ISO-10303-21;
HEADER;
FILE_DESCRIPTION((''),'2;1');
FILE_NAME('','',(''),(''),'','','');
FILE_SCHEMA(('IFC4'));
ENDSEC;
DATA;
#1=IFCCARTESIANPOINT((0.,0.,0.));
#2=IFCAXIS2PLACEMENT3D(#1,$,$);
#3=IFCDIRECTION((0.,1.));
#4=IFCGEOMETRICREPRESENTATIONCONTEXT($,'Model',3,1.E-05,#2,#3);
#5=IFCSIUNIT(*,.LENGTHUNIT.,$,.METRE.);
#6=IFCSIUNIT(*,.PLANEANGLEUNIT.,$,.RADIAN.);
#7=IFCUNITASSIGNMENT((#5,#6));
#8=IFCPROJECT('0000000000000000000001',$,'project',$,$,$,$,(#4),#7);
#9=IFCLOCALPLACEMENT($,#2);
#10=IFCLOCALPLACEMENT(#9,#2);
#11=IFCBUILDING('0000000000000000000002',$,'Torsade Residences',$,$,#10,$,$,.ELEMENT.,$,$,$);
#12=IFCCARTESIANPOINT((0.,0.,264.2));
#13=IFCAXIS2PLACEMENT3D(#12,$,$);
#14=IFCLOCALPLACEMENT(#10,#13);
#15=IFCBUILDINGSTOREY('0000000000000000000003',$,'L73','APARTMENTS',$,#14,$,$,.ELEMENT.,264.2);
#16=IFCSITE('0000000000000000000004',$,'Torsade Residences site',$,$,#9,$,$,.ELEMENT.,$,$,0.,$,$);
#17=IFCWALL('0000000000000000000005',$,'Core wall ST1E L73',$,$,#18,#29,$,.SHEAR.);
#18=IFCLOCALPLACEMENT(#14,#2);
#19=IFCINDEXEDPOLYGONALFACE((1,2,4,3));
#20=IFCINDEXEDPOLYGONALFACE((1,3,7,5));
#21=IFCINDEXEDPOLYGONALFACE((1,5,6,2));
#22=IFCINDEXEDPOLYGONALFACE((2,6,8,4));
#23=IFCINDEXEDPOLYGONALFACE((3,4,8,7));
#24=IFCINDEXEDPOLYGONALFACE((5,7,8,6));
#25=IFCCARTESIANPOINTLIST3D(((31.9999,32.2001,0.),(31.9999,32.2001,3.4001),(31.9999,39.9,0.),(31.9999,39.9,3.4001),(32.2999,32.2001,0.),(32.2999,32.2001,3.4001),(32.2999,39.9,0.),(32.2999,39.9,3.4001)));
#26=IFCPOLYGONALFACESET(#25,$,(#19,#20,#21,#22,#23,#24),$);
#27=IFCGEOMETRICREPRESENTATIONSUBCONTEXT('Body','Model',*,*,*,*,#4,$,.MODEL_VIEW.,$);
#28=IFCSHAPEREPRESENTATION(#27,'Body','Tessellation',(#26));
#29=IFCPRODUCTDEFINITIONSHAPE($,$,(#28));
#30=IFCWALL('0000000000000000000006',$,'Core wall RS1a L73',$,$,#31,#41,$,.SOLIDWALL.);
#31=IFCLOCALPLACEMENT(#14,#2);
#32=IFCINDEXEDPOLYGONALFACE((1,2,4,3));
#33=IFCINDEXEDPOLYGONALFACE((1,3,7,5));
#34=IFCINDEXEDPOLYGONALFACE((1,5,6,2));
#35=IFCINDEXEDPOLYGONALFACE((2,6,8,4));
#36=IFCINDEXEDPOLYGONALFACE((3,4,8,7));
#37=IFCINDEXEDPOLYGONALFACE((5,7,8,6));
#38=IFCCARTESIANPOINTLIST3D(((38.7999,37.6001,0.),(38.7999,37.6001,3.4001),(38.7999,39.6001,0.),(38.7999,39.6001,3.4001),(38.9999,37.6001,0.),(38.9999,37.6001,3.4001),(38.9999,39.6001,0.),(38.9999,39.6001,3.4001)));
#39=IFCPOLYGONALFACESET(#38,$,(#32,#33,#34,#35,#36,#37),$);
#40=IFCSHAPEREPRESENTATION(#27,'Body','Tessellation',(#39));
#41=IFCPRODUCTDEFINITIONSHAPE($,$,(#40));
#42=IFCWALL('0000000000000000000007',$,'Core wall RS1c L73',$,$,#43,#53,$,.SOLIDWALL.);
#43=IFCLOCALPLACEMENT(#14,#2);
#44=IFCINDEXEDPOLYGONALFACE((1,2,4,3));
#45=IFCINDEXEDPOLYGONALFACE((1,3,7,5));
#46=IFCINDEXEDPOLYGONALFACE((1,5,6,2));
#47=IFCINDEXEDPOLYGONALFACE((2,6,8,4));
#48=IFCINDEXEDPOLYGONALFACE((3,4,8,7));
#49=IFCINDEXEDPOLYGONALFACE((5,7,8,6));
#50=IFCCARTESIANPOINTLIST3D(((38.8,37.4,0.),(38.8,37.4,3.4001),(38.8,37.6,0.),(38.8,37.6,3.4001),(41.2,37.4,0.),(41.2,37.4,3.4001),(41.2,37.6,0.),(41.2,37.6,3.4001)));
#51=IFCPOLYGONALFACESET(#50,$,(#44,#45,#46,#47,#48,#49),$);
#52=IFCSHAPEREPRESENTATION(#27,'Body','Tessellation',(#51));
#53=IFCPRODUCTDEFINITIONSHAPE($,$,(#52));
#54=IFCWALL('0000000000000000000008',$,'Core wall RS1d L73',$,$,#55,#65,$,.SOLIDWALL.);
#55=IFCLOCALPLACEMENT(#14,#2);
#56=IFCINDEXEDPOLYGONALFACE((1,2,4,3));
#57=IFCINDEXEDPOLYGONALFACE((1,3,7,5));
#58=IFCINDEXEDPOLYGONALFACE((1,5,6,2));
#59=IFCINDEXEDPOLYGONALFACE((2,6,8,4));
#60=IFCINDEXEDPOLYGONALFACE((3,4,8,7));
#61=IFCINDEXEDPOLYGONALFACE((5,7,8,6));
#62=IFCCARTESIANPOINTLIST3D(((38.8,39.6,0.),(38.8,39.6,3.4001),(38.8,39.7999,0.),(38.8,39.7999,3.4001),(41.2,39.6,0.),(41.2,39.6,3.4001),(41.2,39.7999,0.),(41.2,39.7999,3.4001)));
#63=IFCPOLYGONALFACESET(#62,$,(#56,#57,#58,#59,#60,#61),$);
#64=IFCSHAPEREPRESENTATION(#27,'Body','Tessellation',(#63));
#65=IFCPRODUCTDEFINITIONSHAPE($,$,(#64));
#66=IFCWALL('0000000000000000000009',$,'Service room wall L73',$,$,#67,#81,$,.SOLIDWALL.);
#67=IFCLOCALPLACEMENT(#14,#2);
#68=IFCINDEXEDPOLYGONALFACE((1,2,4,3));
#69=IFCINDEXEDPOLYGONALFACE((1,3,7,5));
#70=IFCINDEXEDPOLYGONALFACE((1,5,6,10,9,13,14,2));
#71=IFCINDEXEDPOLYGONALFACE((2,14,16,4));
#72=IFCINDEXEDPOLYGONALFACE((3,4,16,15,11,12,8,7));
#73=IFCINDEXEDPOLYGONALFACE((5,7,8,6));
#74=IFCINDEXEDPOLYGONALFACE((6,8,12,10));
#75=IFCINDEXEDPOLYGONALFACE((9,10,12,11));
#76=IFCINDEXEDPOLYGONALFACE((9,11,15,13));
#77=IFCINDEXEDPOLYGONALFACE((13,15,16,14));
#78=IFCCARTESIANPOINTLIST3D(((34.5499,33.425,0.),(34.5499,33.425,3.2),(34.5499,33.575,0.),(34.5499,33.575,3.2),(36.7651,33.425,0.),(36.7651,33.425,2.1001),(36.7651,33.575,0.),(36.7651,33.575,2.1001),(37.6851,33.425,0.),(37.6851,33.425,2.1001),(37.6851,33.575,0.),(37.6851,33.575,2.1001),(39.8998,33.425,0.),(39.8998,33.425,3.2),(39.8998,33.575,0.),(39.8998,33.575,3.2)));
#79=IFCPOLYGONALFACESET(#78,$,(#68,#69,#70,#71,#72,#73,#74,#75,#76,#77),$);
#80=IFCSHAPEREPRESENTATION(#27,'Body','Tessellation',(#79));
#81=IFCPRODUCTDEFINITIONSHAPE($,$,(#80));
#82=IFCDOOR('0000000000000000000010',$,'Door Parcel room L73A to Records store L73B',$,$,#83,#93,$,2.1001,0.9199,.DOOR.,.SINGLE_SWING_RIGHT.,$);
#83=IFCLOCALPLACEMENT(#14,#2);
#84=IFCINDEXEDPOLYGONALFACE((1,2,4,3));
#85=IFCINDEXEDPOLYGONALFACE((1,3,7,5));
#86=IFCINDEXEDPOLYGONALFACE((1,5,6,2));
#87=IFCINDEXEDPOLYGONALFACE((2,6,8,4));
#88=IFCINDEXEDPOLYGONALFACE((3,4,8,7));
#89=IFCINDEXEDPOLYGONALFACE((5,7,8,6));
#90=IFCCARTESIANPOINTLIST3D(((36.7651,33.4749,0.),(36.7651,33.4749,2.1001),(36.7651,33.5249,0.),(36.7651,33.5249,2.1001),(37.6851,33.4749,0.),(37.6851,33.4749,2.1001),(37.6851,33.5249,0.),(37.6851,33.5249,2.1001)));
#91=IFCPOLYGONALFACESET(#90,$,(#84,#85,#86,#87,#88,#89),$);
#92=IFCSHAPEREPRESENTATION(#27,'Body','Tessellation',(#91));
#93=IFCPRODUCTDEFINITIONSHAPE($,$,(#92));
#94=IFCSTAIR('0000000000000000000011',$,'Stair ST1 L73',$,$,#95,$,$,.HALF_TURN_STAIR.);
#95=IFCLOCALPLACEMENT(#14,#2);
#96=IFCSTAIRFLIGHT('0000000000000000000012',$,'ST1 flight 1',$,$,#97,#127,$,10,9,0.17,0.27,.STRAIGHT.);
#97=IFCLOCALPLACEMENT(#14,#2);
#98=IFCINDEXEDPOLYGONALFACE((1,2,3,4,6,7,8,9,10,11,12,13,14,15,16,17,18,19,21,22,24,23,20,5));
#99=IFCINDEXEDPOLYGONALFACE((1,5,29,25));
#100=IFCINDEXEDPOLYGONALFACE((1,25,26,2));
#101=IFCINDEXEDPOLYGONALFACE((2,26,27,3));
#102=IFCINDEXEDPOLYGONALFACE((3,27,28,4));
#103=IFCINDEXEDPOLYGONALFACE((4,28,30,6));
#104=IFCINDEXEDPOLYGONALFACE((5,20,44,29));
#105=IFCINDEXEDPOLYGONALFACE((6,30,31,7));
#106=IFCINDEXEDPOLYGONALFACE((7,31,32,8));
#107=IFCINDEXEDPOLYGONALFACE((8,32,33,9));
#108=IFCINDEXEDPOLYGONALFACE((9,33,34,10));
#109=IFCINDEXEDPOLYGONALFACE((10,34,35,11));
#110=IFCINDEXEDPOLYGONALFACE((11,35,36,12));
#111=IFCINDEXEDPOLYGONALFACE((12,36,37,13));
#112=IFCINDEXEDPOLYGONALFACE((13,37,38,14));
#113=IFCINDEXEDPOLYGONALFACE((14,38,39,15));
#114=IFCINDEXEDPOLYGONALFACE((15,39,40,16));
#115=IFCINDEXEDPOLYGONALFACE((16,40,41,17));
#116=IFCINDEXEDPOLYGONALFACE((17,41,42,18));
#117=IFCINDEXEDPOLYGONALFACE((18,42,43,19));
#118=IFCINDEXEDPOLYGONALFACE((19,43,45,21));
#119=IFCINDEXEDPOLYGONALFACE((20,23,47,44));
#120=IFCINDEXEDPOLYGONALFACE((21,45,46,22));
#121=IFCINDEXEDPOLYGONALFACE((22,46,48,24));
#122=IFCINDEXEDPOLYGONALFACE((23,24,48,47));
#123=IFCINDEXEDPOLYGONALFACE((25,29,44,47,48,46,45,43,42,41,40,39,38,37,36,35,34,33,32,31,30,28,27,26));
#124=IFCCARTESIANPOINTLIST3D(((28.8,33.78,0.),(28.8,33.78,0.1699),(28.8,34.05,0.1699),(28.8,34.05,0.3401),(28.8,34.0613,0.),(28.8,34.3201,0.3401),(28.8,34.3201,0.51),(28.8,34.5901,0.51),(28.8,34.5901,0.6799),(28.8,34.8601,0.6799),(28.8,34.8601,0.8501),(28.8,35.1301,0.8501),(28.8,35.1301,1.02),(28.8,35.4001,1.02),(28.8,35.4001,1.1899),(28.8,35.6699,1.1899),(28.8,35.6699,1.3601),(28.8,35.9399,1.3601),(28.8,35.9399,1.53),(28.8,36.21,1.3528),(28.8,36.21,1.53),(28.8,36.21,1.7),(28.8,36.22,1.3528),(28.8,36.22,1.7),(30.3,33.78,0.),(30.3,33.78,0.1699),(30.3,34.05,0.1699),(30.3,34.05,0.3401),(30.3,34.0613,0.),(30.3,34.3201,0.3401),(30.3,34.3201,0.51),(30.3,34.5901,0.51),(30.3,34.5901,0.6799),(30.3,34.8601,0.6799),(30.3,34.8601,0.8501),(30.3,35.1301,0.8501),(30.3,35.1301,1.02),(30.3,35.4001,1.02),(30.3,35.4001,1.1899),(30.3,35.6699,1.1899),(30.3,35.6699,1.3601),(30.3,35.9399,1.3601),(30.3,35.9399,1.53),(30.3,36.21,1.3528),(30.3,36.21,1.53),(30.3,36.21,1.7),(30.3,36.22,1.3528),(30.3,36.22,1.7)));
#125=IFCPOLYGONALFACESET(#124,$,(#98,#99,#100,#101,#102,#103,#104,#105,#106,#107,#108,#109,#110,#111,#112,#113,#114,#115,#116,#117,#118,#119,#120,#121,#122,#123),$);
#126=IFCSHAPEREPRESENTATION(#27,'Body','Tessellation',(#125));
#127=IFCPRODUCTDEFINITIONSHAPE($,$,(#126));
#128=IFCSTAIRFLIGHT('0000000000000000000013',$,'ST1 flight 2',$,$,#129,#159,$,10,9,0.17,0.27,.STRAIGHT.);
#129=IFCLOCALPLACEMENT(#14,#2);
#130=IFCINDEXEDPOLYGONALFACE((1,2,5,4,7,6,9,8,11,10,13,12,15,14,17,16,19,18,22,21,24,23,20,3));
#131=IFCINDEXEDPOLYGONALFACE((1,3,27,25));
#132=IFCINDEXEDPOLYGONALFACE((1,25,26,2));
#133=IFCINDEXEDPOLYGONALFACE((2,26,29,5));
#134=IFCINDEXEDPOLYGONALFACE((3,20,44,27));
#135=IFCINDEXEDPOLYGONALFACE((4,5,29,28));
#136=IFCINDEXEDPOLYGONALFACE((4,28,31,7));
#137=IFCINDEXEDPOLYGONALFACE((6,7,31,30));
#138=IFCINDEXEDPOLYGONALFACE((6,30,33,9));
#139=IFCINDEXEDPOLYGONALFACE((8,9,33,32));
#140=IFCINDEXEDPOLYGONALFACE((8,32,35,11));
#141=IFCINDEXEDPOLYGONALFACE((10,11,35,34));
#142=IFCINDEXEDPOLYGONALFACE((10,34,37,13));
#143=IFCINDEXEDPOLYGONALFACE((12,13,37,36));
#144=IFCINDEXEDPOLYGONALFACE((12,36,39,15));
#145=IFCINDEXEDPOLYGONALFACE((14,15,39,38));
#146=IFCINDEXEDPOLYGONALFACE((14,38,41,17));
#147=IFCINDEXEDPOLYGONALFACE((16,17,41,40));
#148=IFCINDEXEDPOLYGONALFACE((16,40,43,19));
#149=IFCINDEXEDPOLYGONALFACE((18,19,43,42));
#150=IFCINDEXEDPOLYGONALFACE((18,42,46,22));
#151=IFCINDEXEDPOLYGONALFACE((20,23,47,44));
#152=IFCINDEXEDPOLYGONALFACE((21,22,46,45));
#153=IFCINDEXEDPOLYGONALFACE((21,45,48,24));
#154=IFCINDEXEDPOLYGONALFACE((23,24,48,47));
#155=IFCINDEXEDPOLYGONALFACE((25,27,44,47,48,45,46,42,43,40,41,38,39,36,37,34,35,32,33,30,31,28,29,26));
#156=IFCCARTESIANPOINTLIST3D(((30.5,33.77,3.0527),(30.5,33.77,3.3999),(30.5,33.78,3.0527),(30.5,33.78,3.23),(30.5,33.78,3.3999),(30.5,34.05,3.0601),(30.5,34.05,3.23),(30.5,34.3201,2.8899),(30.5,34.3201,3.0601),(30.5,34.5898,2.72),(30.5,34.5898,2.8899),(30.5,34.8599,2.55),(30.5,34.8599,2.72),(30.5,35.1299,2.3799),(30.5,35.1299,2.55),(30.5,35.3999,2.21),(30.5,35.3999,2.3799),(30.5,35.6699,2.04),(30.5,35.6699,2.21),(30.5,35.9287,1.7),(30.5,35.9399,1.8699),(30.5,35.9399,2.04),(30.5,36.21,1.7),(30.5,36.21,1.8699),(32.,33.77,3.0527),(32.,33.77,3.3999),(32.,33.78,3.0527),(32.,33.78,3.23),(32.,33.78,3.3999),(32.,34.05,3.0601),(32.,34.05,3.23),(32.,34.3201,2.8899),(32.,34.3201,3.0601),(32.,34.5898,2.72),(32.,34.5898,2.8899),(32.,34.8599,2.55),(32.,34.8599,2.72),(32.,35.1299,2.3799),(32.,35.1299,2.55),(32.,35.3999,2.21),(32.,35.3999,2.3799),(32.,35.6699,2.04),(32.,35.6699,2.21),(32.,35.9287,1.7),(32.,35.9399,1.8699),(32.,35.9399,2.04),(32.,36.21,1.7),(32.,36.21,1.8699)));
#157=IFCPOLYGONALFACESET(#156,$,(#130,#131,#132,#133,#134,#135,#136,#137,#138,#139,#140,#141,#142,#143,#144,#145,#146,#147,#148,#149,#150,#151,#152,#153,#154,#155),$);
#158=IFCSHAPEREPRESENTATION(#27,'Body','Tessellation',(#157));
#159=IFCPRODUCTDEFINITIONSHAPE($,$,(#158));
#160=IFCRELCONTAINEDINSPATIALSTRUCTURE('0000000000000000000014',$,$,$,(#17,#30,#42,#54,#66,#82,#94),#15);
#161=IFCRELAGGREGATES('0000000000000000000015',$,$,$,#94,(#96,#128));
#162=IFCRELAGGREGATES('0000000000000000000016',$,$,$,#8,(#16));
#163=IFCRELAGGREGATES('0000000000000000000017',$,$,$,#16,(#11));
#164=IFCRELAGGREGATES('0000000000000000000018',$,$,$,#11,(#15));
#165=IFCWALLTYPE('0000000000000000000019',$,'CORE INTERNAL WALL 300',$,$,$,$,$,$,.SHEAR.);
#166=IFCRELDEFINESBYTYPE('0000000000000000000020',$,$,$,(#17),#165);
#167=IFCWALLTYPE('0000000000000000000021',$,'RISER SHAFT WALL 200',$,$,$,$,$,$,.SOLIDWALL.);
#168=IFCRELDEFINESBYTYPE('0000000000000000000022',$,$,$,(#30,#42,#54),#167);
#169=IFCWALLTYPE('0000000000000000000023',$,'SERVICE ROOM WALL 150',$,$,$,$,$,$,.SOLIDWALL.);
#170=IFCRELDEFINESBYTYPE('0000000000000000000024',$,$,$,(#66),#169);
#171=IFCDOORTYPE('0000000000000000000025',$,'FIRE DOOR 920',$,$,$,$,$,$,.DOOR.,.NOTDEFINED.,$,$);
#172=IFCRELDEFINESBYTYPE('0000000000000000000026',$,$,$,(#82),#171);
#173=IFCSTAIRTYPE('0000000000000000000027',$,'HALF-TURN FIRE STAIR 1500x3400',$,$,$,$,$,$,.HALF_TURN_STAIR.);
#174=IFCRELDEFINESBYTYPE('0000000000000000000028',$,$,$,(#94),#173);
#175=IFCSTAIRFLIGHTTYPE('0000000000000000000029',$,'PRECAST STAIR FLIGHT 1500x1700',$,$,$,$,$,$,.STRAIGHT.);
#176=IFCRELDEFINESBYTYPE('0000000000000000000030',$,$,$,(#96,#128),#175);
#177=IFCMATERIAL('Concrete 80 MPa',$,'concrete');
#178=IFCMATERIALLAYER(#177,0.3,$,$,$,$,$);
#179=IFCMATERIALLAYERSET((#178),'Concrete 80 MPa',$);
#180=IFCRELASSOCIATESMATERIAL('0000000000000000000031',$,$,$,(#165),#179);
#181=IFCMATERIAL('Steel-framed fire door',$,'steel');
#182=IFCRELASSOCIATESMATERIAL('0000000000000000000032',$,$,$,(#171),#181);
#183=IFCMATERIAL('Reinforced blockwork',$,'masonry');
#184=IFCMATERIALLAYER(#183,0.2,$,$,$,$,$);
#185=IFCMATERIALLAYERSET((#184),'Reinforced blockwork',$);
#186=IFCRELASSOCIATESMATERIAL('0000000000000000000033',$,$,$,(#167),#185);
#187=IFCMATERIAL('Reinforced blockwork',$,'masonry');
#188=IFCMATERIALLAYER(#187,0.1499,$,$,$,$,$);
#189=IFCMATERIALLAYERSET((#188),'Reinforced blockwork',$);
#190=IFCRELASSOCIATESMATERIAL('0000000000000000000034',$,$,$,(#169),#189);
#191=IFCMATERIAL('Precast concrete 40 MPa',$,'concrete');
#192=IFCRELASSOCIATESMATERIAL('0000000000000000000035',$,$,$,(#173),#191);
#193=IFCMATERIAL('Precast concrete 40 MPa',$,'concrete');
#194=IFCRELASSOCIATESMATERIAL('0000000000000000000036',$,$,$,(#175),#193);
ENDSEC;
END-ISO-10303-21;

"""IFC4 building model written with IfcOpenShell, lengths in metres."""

from ifc_helpers import new_model, si_unit, direction, frame, frame_2d, origin, place, context, subcontext, project, spatial, polyline, rectangle, outline, extrude, material, layer, layer_set, type_object, element, fill, aggregate, save


model = new_model("IFC4")

# Units and contexts
model_context = context("Model", 3, precision=1e-05, world=origin(), true_north=direction((0.0, 1.0)))
body_context = subcontext(model_context, "Body", "Model", "MODEL_VIEW")
ifc_project = project(units=[si_unit("LENGTHUNIT", "METRE"), si_unit("PLANEANGLEUNIT", "RADIAN")], contexts=[model_context])

# Site, building, storey
site_placement = place(None, origin())
site = spatial("IfcSite", under=ifc_project, at=site_placement, Name="Torsade Residences site", CompositionType="ELEMENT", RefElevation=0.0)
building_placement = place(site_placement, origin())
building = spatial("IfcBuilding", under=site, at=building_placement, Name="Torsade Residences", CompositionType="ELEMENT")
storey_placement = place(building_placement, frame((0.0, 0.0, 264.2)))
storey = spatial("IfcBuildingStorey", under=building, at=storey_placement, Name="L73", Description="APARTMENTS", CompositionType="ELEMENT", Elevation=264.2)

# Shared definitions
ifc_material_1 = material(Name="Concrete 80 MPa", Category="concrete")
ifc_layer_1 = layer(ifc_material_1, 0.3)
ifc_layer_set_1 = layer_set([ifc_layer_1], Name="Concrete 80 MPa")
wall_type_1 = type_object("IfcWallType", Name="CORE INTERNAL WALL 300", PredefinedType="SHEAR", material=ifc_layer_set_1)
ifc_material_2 = material(Name="Steel-framed fire door", Category="steel")
door_type_1 = type_object("IfcDoorType", Name="FIRE DOOR 920", OperationType="NOTDEFINED", PredefinedType="DOOR", material=ifc_material_2)

# Walls
wall_1_placement = place(storey_placement, frame((32.1499, 32.2, 0.0), z_axis=(0.0, 0.0, 1.0), x_axis=(0.0, 1.0, 0.0)))
element("IfcWall", 1, at=wall_1_placement, inside=storey, type_object=wall_type_1, Name="Core wall ST1E L73", PredefinedType="SHEAR", context=body_context, shape_type="SweptSolid", body=[
    extrude(rectangle(XDim=7.7, YDim=0.3, at=frame_2d((3.8501, 0.0))), origin(), (0.0, 0.0, 1.0), 3.4001),
])
ifc_material_3 = material(Name="Reinforced blockwork", Category="masonry")
ifc_layer_2 = layer(ifc_material_3, 0.2)
ifc_layer_set_2 = layer_set([ifc_layer_2], Name="Reinforced blockwork")
wall_type_2 = type_object("IfcWallType", Name="RISER SHAFT WALL 200", PredefinedType="SOLIDWALL", material=ifc_layer_set_2)
wall_2_placement = place(storey_placement, frame((38.8999, 37.6001, 0.0), z_axis=(0.0, 0.0, 1.0), x_axis=(0.0, 1.0, 0.0)))
element("IfcWall", 2, at=wall_2_placement, inside=storey, type_object=wall_type_2, Name="Core wall RS1a L73", PredefinedType="SOLIDWALL", context=body_context, shape_type="SweptSolid", body=[
    extrude(rectangle(XDim=2.0, YDim=0.2, at=frame_2d((1.0, 0.0))), origin(), (0.0, 0.0, 1.0), 3.4001),
])
for number, where, z_axis, x_axis, name in (
    (3, (38.8, 37.5, 0.0), (0.0, 0.0, 1.0), (1.0, 0.0, 0.0), "Core wall RS1c L73"),
    (4, (38.8, 39.7, 0.0), (0.0, 0.0, 1.0), (1.0, 0.0, 0.0), "Core wall RS1d L73"),
):
    element("IfcWall", number, at=place(storey_placement, frame(where, z_axis=z_axis, x_axis=x_axis)), inside=storey, type_object=wall_type_2, Name=name, PredefinedType="SOLIDWALL", context=body_context, shape_type="SweptSolid", body=[
        extrude(rectangle(XDim=2.3999, YDim=0.2, at=frame_2d((1.2, 0.0))), origin(), (0.0, 0.0, 1.0), 3.4001),
    ])

# Wall, opening, door
ifc_material_4 = material(Name="Reinforced blockwork", Category="masonry")
ifc_layer_3 = layer(ifc_material_4, 0.1499)
ifc_layer_set_3 = layer_set([ifc_layer_3], Name="Reinforced blockwork")
wall_type_3 = type_object("IfcWallType", Name="SERVICE ROOM WALL 150", PredefinedType="SOLIDWALL", material=ifc_layer_set_3)
wall_3_placement = place(storey_placement, frame((34.55, 33.5, 0.0), z_axis=(0.0, 0.0, 1.0), x_axis=(1.0, 0.0, 0.0)))
wall_3 = element("IfcWall", 5, at=wall_3_placement, inside=storey, type_object=wall_type_3, Name="Service room wall L73", PredefinedType="SOLIDWALL", context=body_context, shape_type="SweptSolid", body=[
    extrude(rectangle(XDim=5.3499, YDim=0.1499, at=frame_2d((2.6748, 0.0))), origin(), (0.0, 0.0, 1.0), 3.2),
])
opening_1_placement = place(wall_3_placement, frame((2.2151, 0.0, 0.0)))
opening_1 = element("IfcOpeningElement", 6, at=opening_1_placement, cuts=wall_3, PredefinedType="OPENING", context=body_context, shape_type="SweptSolid", body=[
    extrude(rectangle(XDim=0.9199, YDim=2.1001, at=frame_2d((0.46, 1.05))), frame((0.0, 0.085, 0.0), z_axis=(0.0, -1.0, 0.0), x_axis=(1.0, 0.0, 0.0)), (0.0, 0.0, 1.0), 0.1699),
])
door_1_placement = place(opening_1_placement, origin())
door_1 = element("IfcDoor", 7, at=door_1_placement, inside=storey, type_object=door_type_1, Name="Door Parcel room L73A to Records store L73B", OperationType="SINGLE_SWING_RIGHT", OverallHeight=2.1001, OverallWidth=0.9199, PredefinedType="DOOR", context=body_context, shape_type="SweptSolid", body=[
    extrude(rectangle(XDim=0.9199, YDim=2.1001, at=frame_2d((0.46, 1.05))), frame((0.0, 0.0249, 0.0), z_axis=(0.0, -1.0, 0.0), x_axis=(1.0, 0.0, 0.0)), (0.0, 0.0, 1.0), 0.05),
])
fill(opening_1, door_1)

# Stair, stair flights
ifc_material_5 = material(Name="Precast concrete 40 MPa", Category="concrete")
stair_type = type_object("IfcStairType", Name="HALF-TURN FIRE STAIR 1500x3400", PredefinedType="HALF_TURN_STAIR", material=ifc_material_5)
stair_placement = place(storey_placement, origin())
stair = element("IfcStair", 8, at=stair_placement, inside=storey, type_object=stair_type, Name="Stair ST1 L73", PredefinedType="HALF_TURN_STAIR")
ifc_material_6 = material(Name="Precast concrete 40 MPa", Category="concrete")
stair_flight_type = type_object("IfcStairFlightType", Name="PRECAST STAIR FLIGHT 1500x1700", PredefinedType="STRAIGHT", material=ifc_material_6)
stair_flight_1_placement = place(storey_placement, frame((29.55, 33.78, 0.0), z_axis=(0.0, 0.0, 1.0), x_axis=(0.0, 1.0, 0.0)))
stair_flight_1 = element("IfcStairFlight", 9, at=stair_flight_1_placement, type_object=stair_flight_type, Name="ST1 flight 1", NumberOfRisers=10, NumberOfTreads=9, PredefinedType="STRAIGHT", RiserHeight=0.17, TreadLength=0.27, context=body_context, shape_type="SweptSolid", body=[
    extrude(outline(polyline([(0.0, 0.0), (0.0, 0.1699), (0.27, 0.1699), (0.27, 0.3401), (0.54, 0.3401), (0.54, 0.51), (0.8101, 0.51), (0.8101, 0.6799), (1.0801, 0.6799), (1.0801, 0.8501), (1.3501, 0.8501), (1.3501, 1.02), (1.6201, 1.02), (1.6201, 1.1899), (1.8899, 1.1899), (1.8899, 1.3601), (2.1599, 1.3601), (2.1599, 1.53), (2.4299, 1.53), (2.4299, 1.7), (2.4399, 1.7), (2.4399, 1.3528), (2.4299, 1.3528), (0.2812, 0.0), (0.0, 0.0)])), frame((0.0, 0.75, 0.0), z_axis=(0.0, -1.0, 0.0), x_axis=(1.0, 0.0, 0.0)), (0.0, 0.0, 1.0), 1.5),
])
stair_flight_2_placement = place(storey_placement, frame((31.25, 36.21, 1.7), z_axis=(0.0, 0.0, 1.0), x_axis=(0.0, -1.0, 0.0)))
stair_flight_2 = element("IfcStairFlight", 10, at=stair_flight_2_placement, type_object=stair_flight_type, Name="ST1 flight 2", NumberOfRisers=10, NumberOfTreads=9, PredefinedType="STRAIGHT", RiserHeight=0.17, TreadLength=0.27, context=body_context, shape_type="SweptSolid", body=[
    extrude(outline(polyline([(0.0, 0.0), (0.0, 0.1699), (0.27, 0.1699), (0.27, 0.3401), (0.54, 0.3401), (0.54, 0.51), (0.8101, 0.51), (0.8101, 0.6799), (1.0801, 0.6799), (1.0801, 0.8501), (1.3501, 0.8501), (1.3501, 1.02), (1.6201, 1.02), (1.6201, 1.1899), (1.8899, 1.1899), (1.8899, 1.3601), (2.1599, 1.3601), (2.1599, 1.53), (2.4299, 1.53), (2.4299, 1.7), (2.4399, 1.7), (2.4399, 1.3528), (2.4299, 1.3528), (0.2812, 0.0), (0.0, 0.0)])), frame((0.0, 0.75, 0.0), z_axis=(0.0, -1.0, 0.0), x_axis=(1.0, 0.0, 0.0)), (0.0, 0.0, 1.0), 1.5),
])
aggregate(stair, [stair_flight_1, stair_flight_2])

save(model, "model.ifc")
